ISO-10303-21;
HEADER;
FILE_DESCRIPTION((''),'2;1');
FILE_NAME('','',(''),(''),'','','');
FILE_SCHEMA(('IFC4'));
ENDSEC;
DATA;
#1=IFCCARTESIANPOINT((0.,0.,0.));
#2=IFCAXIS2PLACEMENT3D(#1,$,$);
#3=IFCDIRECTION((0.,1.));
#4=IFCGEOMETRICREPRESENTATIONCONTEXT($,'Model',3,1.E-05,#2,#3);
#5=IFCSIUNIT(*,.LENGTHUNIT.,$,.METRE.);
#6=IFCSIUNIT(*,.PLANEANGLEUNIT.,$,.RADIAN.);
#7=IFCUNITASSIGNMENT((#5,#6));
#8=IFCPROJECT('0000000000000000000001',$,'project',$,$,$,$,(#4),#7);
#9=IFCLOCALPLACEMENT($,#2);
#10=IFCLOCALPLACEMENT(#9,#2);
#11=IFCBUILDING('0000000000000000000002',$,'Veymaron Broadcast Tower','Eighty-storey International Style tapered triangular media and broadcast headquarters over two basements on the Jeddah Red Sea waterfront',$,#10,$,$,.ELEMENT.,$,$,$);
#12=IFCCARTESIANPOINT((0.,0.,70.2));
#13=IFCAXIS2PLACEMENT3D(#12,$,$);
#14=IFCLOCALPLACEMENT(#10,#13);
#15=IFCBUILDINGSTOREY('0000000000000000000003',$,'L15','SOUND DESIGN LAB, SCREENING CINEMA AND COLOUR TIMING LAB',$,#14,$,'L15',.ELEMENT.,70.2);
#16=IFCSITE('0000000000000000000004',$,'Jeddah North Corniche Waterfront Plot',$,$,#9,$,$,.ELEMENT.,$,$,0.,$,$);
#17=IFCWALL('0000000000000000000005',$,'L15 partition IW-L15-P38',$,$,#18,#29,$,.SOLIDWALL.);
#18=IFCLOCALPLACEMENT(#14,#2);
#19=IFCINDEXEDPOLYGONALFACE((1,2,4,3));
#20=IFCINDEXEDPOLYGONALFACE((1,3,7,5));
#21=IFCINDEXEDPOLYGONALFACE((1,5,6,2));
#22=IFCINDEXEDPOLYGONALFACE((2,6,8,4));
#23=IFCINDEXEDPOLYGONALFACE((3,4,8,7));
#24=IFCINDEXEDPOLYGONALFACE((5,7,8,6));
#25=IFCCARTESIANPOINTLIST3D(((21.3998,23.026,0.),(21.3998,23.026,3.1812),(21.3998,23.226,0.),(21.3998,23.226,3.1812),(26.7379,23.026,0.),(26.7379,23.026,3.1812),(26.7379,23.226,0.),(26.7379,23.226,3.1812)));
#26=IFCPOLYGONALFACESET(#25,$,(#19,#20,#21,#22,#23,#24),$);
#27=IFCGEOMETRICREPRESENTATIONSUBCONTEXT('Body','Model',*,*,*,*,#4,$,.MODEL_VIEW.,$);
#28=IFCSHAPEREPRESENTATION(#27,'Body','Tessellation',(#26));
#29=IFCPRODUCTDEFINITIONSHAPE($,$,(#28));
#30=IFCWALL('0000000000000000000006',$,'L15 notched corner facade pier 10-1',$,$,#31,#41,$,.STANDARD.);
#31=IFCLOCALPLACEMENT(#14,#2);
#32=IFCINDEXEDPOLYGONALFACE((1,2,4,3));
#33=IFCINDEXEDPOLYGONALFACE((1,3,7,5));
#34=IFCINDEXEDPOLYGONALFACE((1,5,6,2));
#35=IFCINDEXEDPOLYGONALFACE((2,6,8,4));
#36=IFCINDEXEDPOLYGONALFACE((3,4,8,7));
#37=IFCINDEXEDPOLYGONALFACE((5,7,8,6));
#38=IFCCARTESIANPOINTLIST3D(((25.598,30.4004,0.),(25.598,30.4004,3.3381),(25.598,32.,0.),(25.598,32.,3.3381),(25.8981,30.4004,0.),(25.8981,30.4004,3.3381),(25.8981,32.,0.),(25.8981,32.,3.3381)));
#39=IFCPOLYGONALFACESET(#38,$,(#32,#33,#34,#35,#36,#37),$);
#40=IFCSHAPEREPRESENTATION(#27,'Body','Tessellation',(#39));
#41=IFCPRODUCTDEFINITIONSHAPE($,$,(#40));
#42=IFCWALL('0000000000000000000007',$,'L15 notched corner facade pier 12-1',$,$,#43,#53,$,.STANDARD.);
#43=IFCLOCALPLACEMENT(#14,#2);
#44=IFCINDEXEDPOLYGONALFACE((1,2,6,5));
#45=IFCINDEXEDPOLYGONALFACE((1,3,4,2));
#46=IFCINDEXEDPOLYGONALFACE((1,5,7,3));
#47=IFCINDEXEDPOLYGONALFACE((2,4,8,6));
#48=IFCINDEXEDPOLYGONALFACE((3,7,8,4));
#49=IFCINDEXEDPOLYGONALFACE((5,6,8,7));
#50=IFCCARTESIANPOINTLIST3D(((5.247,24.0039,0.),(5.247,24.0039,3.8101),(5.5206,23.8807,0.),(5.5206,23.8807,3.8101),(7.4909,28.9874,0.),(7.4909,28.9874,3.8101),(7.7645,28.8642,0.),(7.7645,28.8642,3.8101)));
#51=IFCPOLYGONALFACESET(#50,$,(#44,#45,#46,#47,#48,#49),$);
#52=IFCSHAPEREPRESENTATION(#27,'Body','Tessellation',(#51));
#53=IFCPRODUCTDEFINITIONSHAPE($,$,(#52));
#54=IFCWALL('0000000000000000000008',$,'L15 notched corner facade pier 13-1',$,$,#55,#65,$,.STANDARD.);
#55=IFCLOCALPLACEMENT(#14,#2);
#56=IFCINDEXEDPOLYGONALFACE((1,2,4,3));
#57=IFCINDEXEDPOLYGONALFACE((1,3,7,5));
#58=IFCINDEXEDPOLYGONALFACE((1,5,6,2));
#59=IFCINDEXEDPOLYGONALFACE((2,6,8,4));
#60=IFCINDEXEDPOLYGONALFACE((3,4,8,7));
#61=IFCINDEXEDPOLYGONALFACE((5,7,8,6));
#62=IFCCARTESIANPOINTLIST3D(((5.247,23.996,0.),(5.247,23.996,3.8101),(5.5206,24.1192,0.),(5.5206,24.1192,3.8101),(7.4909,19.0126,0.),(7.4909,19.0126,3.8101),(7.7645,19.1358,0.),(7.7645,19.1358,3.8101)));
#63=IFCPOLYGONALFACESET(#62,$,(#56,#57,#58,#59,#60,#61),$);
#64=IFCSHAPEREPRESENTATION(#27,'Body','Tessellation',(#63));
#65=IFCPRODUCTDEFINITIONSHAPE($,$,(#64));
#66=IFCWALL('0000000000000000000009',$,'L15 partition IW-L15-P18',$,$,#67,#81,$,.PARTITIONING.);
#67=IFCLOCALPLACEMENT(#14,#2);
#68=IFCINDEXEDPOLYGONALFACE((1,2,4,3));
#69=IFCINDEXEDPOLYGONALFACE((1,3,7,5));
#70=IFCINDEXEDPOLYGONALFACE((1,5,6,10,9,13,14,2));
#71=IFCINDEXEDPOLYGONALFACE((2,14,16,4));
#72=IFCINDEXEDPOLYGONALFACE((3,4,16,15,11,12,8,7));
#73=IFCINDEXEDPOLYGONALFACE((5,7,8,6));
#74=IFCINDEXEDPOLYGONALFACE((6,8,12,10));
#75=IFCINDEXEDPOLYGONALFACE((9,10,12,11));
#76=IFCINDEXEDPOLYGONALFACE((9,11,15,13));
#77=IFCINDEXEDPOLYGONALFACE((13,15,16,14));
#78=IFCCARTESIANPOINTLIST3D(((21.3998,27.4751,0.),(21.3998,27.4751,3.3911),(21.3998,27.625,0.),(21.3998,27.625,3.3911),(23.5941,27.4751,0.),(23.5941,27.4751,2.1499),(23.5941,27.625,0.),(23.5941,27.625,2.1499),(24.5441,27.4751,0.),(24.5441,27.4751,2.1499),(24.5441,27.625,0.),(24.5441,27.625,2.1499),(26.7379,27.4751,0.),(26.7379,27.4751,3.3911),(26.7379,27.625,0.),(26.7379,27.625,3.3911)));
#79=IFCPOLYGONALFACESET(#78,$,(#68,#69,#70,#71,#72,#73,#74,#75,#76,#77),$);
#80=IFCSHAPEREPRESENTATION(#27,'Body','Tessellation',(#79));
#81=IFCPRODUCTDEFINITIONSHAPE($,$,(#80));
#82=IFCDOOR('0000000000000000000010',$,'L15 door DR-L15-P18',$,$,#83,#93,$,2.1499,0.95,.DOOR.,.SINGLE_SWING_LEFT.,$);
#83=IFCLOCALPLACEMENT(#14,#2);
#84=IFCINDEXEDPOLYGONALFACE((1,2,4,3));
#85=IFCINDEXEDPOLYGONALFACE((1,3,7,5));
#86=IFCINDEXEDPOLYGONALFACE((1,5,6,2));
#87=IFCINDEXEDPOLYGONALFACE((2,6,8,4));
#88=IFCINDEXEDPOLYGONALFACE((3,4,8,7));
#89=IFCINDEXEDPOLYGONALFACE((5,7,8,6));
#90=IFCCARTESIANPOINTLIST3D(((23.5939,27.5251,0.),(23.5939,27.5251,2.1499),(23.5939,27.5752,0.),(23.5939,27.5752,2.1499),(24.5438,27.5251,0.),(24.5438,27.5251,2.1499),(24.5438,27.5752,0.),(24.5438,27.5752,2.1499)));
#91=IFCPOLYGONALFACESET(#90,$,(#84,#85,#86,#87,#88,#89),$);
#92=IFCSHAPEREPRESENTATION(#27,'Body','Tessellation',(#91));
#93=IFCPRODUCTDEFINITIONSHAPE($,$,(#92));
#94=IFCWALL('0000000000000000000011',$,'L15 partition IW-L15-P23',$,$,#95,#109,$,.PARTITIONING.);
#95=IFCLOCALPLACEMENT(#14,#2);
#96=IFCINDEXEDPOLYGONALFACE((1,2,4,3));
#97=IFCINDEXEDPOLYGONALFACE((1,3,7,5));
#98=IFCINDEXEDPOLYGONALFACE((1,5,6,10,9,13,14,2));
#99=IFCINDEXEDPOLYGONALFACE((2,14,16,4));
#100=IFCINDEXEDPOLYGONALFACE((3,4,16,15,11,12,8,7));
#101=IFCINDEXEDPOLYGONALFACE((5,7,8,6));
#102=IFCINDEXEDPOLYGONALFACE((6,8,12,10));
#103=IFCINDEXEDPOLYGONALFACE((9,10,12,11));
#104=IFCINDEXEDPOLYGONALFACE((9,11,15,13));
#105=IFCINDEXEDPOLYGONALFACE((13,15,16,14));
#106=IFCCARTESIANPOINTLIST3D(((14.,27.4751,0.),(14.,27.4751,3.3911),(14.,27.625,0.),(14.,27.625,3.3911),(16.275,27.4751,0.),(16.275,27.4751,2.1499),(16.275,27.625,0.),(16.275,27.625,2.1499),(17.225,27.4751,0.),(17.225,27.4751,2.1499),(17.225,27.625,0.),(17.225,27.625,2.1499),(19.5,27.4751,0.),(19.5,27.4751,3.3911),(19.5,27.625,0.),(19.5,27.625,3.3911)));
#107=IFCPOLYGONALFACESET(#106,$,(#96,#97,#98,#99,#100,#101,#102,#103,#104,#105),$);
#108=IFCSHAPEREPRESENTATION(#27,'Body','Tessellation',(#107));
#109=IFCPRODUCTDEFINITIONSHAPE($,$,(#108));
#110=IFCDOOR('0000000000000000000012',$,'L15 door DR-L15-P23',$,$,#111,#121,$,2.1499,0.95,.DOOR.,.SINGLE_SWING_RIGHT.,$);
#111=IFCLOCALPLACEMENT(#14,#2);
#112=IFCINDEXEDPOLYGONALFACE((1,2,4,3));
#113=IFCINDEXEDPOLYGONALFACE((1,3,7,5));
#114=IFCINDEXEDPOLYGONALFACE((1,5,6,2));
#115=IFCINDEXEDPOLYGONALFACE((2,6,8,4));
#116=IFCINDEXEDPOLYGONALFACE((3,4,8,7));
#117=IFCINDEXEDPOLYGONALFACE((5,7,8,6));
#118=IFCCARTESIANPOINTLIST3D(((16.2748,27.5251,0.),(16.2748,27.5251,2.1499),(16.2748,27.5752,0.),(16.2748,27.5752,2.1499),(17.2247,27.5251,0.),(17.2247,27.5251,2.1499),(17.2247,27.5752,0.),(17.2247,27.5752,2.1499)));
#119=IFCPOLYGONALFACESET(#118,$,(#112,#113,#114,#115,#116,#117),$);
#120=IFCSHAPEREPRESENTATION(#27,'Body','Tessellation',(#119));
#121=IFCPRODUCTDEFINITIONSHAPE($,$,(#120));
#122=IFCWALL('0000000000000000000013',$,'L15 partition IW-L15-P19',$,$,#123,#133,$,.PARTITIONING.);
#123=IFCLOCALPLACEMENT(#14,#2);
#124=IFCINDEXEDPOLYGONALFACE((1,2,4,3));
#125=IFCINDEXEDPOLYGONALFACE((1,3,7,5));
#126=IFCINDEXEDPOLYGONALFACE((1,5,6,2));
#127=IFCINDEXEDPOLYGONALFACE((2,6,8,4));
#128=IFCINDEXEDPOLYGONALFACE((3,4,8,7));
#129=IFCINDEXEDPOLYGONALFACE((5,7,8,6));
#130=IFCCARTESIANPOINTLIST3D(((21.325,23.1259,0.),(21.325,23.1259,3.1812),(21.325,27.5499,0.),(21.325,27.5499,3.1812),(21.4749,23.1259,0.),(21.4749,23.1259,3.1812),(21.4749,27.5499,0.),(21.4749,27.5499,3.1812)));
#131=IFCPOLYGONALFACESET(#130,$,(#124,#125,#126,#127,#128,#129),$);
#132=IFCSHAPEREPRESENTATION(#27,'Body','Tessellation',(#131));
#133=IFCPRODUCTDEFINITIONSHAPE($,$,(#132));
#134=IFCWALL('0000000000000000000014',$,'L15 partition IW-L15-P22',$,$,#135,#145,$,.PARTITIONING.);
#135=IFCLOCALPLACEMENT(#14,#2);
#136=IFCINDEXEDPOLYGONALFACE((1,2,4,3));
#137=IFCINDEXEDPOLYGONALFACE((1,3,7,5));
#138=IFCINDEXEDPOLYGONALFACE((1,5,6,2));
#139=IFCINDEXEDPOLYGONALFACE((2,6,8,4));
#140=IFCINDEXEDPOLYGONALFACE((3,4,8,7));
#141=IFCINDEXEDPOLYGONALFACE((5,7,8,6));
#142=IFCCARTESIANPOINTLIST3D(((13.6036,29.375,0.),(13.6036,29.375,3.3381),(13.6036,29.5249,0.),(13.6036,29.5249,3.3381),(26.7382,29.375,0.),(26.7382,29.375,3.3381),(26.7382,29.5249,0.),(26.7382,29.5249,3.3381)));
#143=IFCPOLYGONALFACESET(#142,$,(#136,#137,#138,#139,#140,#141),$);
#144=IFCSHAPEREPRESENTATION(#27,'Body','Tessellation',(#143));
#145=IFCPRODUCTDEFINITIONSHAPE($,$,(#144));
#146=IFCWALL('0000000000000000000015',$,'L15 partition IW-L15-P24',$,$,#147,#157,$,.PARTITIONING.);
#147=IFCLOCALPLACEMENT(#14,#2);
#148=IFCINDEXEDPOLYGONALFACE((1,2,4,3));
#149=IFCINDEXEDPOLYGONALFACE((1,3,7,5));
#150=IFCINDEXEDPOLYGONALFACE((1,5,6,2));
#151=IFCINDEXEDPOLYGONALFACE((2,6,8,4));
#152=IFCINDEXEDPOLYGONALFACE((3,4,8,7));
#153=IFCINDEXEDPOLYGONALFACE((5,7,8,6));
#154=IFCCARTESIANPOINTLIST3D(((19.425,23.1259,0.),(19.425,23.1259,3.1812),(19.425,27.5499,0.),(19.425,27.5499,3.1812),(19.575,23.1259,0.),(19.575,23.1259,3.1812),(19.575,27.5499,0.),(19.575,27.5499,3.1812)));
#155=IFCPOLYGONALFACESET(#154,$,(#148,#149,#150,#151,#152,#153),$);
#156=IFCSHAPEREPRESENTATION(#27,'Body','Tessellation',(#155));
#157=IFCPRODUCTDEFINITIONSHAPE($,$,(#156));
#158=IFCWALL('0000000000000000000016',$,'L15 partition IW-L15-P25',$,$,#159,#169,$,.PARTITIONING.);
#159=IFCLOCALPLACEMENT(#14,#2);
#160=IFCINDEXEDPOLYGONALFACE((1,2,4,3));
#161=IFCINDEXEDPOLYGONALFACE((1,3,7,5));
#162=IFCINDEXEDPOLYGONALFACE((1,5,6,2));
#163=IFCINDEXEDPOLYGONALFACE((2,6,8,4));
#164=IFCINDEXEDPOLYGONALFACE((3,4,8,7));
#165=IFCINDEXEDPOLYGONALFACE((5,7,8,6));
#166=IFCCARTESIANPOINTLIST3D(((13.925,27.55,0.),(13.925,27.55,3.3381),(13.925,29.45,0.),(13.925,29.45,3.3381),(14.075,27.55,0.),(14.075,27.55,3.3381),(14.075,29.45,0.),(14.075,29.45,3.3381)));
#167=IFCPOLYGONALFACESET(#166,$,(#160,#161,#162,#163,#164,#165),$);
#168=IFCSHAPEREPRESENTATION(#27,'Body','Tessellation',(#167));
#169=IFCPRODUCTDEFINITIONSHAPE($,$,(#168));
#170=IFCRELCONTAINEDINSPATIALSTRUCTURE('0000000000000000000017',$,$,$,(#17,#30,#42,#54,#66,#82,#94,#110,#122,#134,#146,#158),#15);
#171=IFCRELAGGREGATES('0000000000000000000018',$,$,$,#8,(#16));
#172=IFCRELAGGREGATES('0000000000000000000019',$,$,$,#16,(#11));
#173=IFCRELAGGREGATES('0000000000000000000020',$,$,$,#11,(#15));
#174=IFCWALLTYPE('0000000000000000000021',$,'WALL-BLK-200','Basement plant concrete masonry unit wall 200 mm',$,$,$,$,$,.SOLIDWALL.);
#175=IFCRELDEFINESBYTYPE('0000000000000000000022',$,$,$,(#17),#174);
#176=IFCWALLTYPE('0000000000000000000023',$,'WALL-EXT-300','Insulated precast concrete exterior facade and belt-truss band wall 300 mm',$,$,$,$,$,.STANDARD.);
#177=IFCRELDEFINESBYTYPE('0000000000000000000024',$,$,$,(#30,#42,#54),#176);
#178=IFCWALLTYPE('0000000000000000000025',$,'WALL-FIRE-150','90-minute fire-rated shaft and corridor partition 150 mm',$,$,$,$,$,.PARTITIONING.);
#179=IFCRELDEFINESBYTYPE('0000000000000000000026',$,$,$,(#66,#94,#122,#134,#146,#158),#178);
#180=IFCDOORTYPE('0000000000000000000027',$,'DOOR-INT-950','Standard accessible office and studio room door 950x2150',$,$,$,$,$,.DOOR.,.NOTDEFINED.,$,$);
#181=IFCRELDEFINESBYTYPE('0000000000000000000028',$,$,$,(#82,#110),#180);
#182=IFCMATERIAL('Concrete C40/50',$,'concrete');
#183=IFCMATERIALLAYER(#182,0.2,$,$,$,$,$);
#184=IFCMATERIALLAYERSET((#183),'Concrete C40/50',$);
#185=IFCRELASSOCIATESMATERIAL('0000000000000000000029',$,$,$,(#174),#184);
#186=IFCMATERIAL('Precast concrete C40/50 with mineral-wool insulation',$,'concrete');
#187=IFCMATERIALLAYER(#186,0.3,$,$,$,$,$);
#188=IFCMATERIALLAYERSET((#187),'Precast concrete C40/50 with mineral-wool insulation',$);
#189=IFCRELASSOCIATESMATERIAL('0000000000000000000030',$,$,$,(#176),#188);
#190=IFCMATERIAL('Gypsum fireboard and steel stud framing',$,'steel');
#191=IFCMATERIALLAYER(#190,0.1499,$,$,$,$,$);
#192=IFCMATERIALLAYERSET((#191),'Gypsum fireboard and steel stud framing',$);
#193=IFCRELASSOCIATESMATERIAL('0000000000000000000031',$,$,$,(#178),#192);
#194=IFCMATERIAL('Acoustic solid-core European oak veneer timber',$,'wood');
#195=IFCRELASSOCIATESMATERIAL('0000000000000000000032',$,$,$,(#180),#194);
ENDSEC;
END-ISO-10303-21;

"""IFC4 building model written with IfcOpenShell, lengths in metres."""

from ifc_helpers import new_model, si_unit, direction, frame, frame_2d, origin, place, context, subcontext, project, spatial, rectangle, extrude, material, layer, layer_set, type_object, element, fill, save


model = new_model("IFC4")

# Units and contexts
model_context = context("Model", 3, precision=1e-05, world=origin(), true_north=direction((0.0, 1.0)))
body_context = subcontext(model_context, "Body", "Model", "MODEL_VIEW")
ifc_project = project(units=[si_unit("LENGTHUNIT", "METRE"), si_unit("PLANEANGLEUNIT", "RADIAN")], contexts=[model_context])

# Site, building, storey
site_placement = place(None, origin())
site = spatial("IfcSite", under=ifc_project, at=site_placement, Name="Jeddah North Corniche Waterfront Plot", CompositionType="ELEMENT", RefElevation=0.0)
building_placement = place(site_placement, origin())
building = spatial("IfcBuilding", under=site, at=building_placement, Name="Veymaron Broadcast Tower", Description="Eighty-storey International Style tapered triangular media and broadcast headquarters over two basements on the Jeddah Red Sea waterfront", CompositionType="ELEMENT")
storey_placement = place(building_placement, frame((0.0, 0.0, 70.2)))
storey = spatial("IfcBuildingStorey", under=building, at=storey_placement, Name="L15", Description="SOUND DESIGN LAB, SCREENING CINEMA AND COLOUR TIMING LAB", LongName="L15", CompositionType="ELEMENT", Elevation=70.2)

# Walls
ifc_material_1 = material(Name="Concrete C40/50", Category="concrete")
ifc_layer_1 = layer(ifc_material_1, 0.2)
ifc_layer_set_1 = layer_set([ifc_layer_1], Name="Concrete C40/50")
wall_type_1 = type_object("IfcWallType", Name="WALL-BLK-200", Description="Basement plant concrete masonry unit wall 200 mm", PredefinedType="SOLIDWALL", material=ifc_layer_set_1)
wall_1_placement = place(storey_placement, frame((21.3999, 23.126, 0.0), z_axis=(0.0, 0.0, 1.0), x_axis=(1.0, 0.0, 0.0)))
element("IfcWall", 1, at=wall_1_placement, inside=storey, type_object=wall_type_1, Name="L15 partition IW-L15-P38", PredefinedType="SOLIDWALL", context=body_context, shape_type="SweptSolid", body=[
    extrude(rectangle(XDim=5.3381, YDim=0.2, at=frame_2d((2.6689, 0.0))), origin(), (0.0, 0.0, 1.0), 3.1812),
])
ifc_material_2 = material(Name="Precast concrete C40/50 with mineral-wool insulation", Category="concrete")
ifc_layer_2 = layer(ifc_material_2, 0.3)
ifc_layer_set_2 = layer_set([ifc_layer_2], Name="Precast concrete C40/50 with mineral-wool insulation")
wall_type_2 = type_object("IfcWallType", Name="WALL-EXT-300", Description="Insulated precast concrete exterior facade and belt-truss band wall 300 mm", PredefinedType="STANDARD", material=ifc_layer_set_2)
wall_2_placement = place(storey_placement, frame((25.748, 32.0, 0.0), z_axis=(0.0, 0.0, 1.0), x_axis=(0.0, -1.0, 0.0)))
element("IfcWall", 2, at=wall_2_placement, inside=storey, type_object=wall_type_2, Name="L15 notched corner facade pier 10-1", PredefinedType="STANDARD", context=body_context, shape_type="SweptSolid", body=[
    extrude(rectangle(XDim=1.5996, YDim=0.3, at=frame_2d((0.7998, 0.0))), origin(), (0.0, 0.0, 1.0), 3.3381),
])
for number, where, z_axis, x_axis, name in (
    (3, (7.6277, 28.9258, 0.0), (0.0, 0.0, 1.0), (-0.410573, -0.911828, 0.0), "L15 notched corner facade pier 12-1"),
    (4, (5.3838, 24.0576, 0.0), (0.0, 0.0, 1.0), (0.410573, -0.911828, 0.0), "L15 notched corner facade pier 13-1"),
):
    element("IfcWall", number, at=place(storey_placement, frame(where, z_axis=z_axis, x_axis=x_axis)), inside=storey, type_object=wall_type_2, Name=name, PredefinedType="STANDARD", context=body_context, shape_type="SweptSolid", body=[
        extrude(rectangle(XDim=5.4653, YDim=0.3, at=frame_2d((2.7327, 0.0))), origin(), (0.0, 0.0, 1.0), 3.8101),
    ])

# Walls, openings, doors
ifc_material_3 = material(Name="Gypsum fireboard and steel stud framing", Category="steel")
ifc_layer_3 = layer(ifc_material_3, 0.1499)
ifc_layer_set_3 = layer_set([ifc_layer_3], Name="Gypsum fireboard and steel stud framing")
wall_type_3 = type_object("IfcWallType", Name="WALL-FIRE-150", Description="90-minute fire-rated shaft and corridor partition 150 mm", PredefinedType="PARTITIONING", material=ifc_layer_set_3)
wall_3_placement = place(storey_placement, frame((21.3999, 27.55, 0.0), z_axis=(0.0, 0.0, 1.0), x_axis=(1.0, 0.0, 0.0)))
wall_3 = element("IfcWall", 5, at=wall_3_placement, inside=storey, type_object=wall_type_3, Name="L15 partition IW-L15-P18", PredefinedType="PARTITIONING", context=body_context, shape_type="SweptSolid", body=[
    extrude(rectangle(XDim=5.3381, YDim=0.1499, at=frame_2d((2.6689, 0.0))), origin(), (0.0, 0.0, 1.0), 3.3911),
])
opening_1_placement = place(wall_3_placement, frame((2.1941, 0.0, 0.0)))
opening_1 = element("IfcOpeningElement", 6, at=opening_1_placement, cuts=wall_3, PredefinedType="OPENING", context=body_context, shape_type="SweptSolid", body=[
    extrude(rectangle(XDim=0.95, YDim=2.1499, at=frame_2d((0.4751, 1.075))), frame((0.0, 0.085, 0.0), z_axis=(0.0, -1.0, 0.0), x_axis=(1.0, 0.0, 0.0)), (0.0, 0.0, 1.0), 0.1699),
])
ifc_material_4 = material(Name="Acoustic solid-core European oak veneer timber", Category="wood")
door_type = type_object("IfcDoorType", Name="DOOR-INT-950", Description="Standard accessible office and studio room door 950x2150", OperationType="NOTDEFINED", PredefinedType="DOOR", material=ifc_material_4)
door_1_placement = place(opening_1_placement, frame((0.95, 0.0, 0.0), z_axis=(0.0, 0.0, 1.0), x_axis=(-1.0, 0.0, 0.0)))
door_1 = element("IfcDoor", 7, at=door_1_placement, inside=storey, type_object=door_type, Name="L15 door DR-L15-P18", OperationType="SINGLE_SWING_LEFT", OverallHeight=2.1499, OverallWidth=0.95, PredefinedType="DOOR", context=body_context, shape_type="SweptSolid", body=[
    extrude(rectangle(XDim=0.95, YDim=2.1499, at=frame_2d((0.4751, 1.075))), frame((0.0, 0.0249, 0.0), z_axis=(0.0, -1.0, 0.0), x_axis=(1.0, 0.0, 0.0)), (0.0, 0.0, 1.0), 0.05),
])
fill(opening_1, door_1)
wall_4_placement = place(storey_placement, frame((14.0, 27.55, 0.0), z_axis=(0.0, 0.0, 1.0), x_axis=(1.0, 0.0, 0.0)))
wall_4 = element("IfcWall", 8, at=wall_4_placement, inside=storey, type_object=wall_type_3, Name="L15 partition IW-L15-P23", PredefinedType="PARTITIONING", context=body_context, shape_type="SweptSolid", body=[
    extrude(rectangle(XDim=5.5, YDim=0.1499, at=frame_2d((2.75, 0.0))), origin(), (0.0, 0.0, 1.0), 3.3911),
])
opening_2_placement = place(wall_4_placement, frame((2.2749, 0.0, 0.0)))
opening_2 = element("IfcOpeningElement", 9, at=opening_2_placement, cuts=wall_4, PredefinedType="OPENING", context=body_context, shape_type="SweptSolid", body=[
    extrude(rectangle(XDim=0.95, YDim=2.1499, at=frame_2d((0.4751, 1.075))), frame((0.0, 0.085, 0.0), z_axis=(0.0, -1.0, 0.0), x_axis=(1.0, 0.0, 0.0)), (0.0, 0.0, 1.0), 0.1699),
])
door_2_placement = place(opening_2_placement, frame((0.95, 0.0, 0.0), z_axis=(0.0, 0.0, 1.0), x_axis=(-1.0, 0.0, 0.0)))
door_2 = element("IfcDoor", 10, at=door_2_placement, inside=storey, type_object=door_type, Name="L15 door DR-L15-P23", OperationType="SINGLE_SWING_RIGHT", OverallHeight=2.1499, OverallWidth=0.95, PredefinedType="DOOR", context=body_context, shape_type="SweptSolid", body=[
    extrude(rectangle(XDim=0.95, YDim=2.1499, at=frame_2d((0.4751, 1.075))), frame((0.0, 0.0249, 0.0), z_axis=(0.0, -1.0, 0.0), x_axis=(1.0, 0.0, 0.0)), (0.0, 0.0, 1.0), 0.05),
])
fill(opening_2, door_2)

# Walls
wall_5_placement = place(storey_placement, frame((21.3999, 23.126, 0.0), z_axis=(0.0, 0.0, 1.0), x_axis=(0.0, 1.0, 0.0)))
element("IfcWall", 11, at=wall_5_placement, inside=storey, type_object=wall_type_3, Name="L15 partition IW-L15-P19", PredefinedType="PARTITIONING", context=body_context, shape_type="SweptSolid", body=[
    extrude(rectangle(XDim=4.4241, YDim=0.1499, at=frame_2d((2.2119, 0.0))), origin(), (0.0, 0.0, 1.0), 3.1812),
])
wall_6_placement = place(storey_placement, frame((13.6035, 29.45, 0.0), z_axis=(0.0, 0.0, 1.0), x_axis=(1.0, 0.0, 0.0)))
element("IfcWall", 12, at=wall_6_placement, inside=storey, type_object=wall_type_3, Name="L15 partition IW-L15-P22", PredefinedType="PARTITIONING", context=body_context, shape_type="SweptSolid", body=[
    extrude(rectangle(XDim=13.1345, YDim=0.1499, at=frame_2d((6.5674, 0.0))), origin(), (0.0, 0.0, 1.0), 3.3381),
])
wall_7_placement = place(storey_placement, frame((19.5, 23.126, 0.0), z_axis=(0.0, 0.0, 1.0), x_axis=(0.0, 1.0, 0.0)))
element("IfcWall", 13, at=wall_7_placement, inside=storey, type_object=wall_type_3, Name="L15 partition IW-L15-P24", PredefinedType="PARTITIONING", context=body_context, shape_type="SweptSolid", body=[
    extrude(rectangle(XDim=4.4241, YDim=0.1499, at=frame_2d((2.2119, 0.0))), origin(), (0.0, 0.0, 1.0), 3.1812),
])
wall_8_placement = place(storey_placement, frame((14.0, 27.55, 0.0), z_axis=(0.0, 0.0, 1.0), x_axis=(0.0, 1.0, 0.0)))
element("IfcWall", 14, at=wall_8_placement, inside=storey, type_object=wall_type_3, Name="L15 partition IW-L15-P25", PredefinedType="PARTITIONING", context=body_context, shape_type="SweptSolid", body=[
    extrude(rectangle(XDim=1.8999, YDim=0.1499, at=frame_2d((0.95, 0.0))), origin(), (0.0, 0.0, 1.0), 3.3381),
])

save(model, "model.ifc")
